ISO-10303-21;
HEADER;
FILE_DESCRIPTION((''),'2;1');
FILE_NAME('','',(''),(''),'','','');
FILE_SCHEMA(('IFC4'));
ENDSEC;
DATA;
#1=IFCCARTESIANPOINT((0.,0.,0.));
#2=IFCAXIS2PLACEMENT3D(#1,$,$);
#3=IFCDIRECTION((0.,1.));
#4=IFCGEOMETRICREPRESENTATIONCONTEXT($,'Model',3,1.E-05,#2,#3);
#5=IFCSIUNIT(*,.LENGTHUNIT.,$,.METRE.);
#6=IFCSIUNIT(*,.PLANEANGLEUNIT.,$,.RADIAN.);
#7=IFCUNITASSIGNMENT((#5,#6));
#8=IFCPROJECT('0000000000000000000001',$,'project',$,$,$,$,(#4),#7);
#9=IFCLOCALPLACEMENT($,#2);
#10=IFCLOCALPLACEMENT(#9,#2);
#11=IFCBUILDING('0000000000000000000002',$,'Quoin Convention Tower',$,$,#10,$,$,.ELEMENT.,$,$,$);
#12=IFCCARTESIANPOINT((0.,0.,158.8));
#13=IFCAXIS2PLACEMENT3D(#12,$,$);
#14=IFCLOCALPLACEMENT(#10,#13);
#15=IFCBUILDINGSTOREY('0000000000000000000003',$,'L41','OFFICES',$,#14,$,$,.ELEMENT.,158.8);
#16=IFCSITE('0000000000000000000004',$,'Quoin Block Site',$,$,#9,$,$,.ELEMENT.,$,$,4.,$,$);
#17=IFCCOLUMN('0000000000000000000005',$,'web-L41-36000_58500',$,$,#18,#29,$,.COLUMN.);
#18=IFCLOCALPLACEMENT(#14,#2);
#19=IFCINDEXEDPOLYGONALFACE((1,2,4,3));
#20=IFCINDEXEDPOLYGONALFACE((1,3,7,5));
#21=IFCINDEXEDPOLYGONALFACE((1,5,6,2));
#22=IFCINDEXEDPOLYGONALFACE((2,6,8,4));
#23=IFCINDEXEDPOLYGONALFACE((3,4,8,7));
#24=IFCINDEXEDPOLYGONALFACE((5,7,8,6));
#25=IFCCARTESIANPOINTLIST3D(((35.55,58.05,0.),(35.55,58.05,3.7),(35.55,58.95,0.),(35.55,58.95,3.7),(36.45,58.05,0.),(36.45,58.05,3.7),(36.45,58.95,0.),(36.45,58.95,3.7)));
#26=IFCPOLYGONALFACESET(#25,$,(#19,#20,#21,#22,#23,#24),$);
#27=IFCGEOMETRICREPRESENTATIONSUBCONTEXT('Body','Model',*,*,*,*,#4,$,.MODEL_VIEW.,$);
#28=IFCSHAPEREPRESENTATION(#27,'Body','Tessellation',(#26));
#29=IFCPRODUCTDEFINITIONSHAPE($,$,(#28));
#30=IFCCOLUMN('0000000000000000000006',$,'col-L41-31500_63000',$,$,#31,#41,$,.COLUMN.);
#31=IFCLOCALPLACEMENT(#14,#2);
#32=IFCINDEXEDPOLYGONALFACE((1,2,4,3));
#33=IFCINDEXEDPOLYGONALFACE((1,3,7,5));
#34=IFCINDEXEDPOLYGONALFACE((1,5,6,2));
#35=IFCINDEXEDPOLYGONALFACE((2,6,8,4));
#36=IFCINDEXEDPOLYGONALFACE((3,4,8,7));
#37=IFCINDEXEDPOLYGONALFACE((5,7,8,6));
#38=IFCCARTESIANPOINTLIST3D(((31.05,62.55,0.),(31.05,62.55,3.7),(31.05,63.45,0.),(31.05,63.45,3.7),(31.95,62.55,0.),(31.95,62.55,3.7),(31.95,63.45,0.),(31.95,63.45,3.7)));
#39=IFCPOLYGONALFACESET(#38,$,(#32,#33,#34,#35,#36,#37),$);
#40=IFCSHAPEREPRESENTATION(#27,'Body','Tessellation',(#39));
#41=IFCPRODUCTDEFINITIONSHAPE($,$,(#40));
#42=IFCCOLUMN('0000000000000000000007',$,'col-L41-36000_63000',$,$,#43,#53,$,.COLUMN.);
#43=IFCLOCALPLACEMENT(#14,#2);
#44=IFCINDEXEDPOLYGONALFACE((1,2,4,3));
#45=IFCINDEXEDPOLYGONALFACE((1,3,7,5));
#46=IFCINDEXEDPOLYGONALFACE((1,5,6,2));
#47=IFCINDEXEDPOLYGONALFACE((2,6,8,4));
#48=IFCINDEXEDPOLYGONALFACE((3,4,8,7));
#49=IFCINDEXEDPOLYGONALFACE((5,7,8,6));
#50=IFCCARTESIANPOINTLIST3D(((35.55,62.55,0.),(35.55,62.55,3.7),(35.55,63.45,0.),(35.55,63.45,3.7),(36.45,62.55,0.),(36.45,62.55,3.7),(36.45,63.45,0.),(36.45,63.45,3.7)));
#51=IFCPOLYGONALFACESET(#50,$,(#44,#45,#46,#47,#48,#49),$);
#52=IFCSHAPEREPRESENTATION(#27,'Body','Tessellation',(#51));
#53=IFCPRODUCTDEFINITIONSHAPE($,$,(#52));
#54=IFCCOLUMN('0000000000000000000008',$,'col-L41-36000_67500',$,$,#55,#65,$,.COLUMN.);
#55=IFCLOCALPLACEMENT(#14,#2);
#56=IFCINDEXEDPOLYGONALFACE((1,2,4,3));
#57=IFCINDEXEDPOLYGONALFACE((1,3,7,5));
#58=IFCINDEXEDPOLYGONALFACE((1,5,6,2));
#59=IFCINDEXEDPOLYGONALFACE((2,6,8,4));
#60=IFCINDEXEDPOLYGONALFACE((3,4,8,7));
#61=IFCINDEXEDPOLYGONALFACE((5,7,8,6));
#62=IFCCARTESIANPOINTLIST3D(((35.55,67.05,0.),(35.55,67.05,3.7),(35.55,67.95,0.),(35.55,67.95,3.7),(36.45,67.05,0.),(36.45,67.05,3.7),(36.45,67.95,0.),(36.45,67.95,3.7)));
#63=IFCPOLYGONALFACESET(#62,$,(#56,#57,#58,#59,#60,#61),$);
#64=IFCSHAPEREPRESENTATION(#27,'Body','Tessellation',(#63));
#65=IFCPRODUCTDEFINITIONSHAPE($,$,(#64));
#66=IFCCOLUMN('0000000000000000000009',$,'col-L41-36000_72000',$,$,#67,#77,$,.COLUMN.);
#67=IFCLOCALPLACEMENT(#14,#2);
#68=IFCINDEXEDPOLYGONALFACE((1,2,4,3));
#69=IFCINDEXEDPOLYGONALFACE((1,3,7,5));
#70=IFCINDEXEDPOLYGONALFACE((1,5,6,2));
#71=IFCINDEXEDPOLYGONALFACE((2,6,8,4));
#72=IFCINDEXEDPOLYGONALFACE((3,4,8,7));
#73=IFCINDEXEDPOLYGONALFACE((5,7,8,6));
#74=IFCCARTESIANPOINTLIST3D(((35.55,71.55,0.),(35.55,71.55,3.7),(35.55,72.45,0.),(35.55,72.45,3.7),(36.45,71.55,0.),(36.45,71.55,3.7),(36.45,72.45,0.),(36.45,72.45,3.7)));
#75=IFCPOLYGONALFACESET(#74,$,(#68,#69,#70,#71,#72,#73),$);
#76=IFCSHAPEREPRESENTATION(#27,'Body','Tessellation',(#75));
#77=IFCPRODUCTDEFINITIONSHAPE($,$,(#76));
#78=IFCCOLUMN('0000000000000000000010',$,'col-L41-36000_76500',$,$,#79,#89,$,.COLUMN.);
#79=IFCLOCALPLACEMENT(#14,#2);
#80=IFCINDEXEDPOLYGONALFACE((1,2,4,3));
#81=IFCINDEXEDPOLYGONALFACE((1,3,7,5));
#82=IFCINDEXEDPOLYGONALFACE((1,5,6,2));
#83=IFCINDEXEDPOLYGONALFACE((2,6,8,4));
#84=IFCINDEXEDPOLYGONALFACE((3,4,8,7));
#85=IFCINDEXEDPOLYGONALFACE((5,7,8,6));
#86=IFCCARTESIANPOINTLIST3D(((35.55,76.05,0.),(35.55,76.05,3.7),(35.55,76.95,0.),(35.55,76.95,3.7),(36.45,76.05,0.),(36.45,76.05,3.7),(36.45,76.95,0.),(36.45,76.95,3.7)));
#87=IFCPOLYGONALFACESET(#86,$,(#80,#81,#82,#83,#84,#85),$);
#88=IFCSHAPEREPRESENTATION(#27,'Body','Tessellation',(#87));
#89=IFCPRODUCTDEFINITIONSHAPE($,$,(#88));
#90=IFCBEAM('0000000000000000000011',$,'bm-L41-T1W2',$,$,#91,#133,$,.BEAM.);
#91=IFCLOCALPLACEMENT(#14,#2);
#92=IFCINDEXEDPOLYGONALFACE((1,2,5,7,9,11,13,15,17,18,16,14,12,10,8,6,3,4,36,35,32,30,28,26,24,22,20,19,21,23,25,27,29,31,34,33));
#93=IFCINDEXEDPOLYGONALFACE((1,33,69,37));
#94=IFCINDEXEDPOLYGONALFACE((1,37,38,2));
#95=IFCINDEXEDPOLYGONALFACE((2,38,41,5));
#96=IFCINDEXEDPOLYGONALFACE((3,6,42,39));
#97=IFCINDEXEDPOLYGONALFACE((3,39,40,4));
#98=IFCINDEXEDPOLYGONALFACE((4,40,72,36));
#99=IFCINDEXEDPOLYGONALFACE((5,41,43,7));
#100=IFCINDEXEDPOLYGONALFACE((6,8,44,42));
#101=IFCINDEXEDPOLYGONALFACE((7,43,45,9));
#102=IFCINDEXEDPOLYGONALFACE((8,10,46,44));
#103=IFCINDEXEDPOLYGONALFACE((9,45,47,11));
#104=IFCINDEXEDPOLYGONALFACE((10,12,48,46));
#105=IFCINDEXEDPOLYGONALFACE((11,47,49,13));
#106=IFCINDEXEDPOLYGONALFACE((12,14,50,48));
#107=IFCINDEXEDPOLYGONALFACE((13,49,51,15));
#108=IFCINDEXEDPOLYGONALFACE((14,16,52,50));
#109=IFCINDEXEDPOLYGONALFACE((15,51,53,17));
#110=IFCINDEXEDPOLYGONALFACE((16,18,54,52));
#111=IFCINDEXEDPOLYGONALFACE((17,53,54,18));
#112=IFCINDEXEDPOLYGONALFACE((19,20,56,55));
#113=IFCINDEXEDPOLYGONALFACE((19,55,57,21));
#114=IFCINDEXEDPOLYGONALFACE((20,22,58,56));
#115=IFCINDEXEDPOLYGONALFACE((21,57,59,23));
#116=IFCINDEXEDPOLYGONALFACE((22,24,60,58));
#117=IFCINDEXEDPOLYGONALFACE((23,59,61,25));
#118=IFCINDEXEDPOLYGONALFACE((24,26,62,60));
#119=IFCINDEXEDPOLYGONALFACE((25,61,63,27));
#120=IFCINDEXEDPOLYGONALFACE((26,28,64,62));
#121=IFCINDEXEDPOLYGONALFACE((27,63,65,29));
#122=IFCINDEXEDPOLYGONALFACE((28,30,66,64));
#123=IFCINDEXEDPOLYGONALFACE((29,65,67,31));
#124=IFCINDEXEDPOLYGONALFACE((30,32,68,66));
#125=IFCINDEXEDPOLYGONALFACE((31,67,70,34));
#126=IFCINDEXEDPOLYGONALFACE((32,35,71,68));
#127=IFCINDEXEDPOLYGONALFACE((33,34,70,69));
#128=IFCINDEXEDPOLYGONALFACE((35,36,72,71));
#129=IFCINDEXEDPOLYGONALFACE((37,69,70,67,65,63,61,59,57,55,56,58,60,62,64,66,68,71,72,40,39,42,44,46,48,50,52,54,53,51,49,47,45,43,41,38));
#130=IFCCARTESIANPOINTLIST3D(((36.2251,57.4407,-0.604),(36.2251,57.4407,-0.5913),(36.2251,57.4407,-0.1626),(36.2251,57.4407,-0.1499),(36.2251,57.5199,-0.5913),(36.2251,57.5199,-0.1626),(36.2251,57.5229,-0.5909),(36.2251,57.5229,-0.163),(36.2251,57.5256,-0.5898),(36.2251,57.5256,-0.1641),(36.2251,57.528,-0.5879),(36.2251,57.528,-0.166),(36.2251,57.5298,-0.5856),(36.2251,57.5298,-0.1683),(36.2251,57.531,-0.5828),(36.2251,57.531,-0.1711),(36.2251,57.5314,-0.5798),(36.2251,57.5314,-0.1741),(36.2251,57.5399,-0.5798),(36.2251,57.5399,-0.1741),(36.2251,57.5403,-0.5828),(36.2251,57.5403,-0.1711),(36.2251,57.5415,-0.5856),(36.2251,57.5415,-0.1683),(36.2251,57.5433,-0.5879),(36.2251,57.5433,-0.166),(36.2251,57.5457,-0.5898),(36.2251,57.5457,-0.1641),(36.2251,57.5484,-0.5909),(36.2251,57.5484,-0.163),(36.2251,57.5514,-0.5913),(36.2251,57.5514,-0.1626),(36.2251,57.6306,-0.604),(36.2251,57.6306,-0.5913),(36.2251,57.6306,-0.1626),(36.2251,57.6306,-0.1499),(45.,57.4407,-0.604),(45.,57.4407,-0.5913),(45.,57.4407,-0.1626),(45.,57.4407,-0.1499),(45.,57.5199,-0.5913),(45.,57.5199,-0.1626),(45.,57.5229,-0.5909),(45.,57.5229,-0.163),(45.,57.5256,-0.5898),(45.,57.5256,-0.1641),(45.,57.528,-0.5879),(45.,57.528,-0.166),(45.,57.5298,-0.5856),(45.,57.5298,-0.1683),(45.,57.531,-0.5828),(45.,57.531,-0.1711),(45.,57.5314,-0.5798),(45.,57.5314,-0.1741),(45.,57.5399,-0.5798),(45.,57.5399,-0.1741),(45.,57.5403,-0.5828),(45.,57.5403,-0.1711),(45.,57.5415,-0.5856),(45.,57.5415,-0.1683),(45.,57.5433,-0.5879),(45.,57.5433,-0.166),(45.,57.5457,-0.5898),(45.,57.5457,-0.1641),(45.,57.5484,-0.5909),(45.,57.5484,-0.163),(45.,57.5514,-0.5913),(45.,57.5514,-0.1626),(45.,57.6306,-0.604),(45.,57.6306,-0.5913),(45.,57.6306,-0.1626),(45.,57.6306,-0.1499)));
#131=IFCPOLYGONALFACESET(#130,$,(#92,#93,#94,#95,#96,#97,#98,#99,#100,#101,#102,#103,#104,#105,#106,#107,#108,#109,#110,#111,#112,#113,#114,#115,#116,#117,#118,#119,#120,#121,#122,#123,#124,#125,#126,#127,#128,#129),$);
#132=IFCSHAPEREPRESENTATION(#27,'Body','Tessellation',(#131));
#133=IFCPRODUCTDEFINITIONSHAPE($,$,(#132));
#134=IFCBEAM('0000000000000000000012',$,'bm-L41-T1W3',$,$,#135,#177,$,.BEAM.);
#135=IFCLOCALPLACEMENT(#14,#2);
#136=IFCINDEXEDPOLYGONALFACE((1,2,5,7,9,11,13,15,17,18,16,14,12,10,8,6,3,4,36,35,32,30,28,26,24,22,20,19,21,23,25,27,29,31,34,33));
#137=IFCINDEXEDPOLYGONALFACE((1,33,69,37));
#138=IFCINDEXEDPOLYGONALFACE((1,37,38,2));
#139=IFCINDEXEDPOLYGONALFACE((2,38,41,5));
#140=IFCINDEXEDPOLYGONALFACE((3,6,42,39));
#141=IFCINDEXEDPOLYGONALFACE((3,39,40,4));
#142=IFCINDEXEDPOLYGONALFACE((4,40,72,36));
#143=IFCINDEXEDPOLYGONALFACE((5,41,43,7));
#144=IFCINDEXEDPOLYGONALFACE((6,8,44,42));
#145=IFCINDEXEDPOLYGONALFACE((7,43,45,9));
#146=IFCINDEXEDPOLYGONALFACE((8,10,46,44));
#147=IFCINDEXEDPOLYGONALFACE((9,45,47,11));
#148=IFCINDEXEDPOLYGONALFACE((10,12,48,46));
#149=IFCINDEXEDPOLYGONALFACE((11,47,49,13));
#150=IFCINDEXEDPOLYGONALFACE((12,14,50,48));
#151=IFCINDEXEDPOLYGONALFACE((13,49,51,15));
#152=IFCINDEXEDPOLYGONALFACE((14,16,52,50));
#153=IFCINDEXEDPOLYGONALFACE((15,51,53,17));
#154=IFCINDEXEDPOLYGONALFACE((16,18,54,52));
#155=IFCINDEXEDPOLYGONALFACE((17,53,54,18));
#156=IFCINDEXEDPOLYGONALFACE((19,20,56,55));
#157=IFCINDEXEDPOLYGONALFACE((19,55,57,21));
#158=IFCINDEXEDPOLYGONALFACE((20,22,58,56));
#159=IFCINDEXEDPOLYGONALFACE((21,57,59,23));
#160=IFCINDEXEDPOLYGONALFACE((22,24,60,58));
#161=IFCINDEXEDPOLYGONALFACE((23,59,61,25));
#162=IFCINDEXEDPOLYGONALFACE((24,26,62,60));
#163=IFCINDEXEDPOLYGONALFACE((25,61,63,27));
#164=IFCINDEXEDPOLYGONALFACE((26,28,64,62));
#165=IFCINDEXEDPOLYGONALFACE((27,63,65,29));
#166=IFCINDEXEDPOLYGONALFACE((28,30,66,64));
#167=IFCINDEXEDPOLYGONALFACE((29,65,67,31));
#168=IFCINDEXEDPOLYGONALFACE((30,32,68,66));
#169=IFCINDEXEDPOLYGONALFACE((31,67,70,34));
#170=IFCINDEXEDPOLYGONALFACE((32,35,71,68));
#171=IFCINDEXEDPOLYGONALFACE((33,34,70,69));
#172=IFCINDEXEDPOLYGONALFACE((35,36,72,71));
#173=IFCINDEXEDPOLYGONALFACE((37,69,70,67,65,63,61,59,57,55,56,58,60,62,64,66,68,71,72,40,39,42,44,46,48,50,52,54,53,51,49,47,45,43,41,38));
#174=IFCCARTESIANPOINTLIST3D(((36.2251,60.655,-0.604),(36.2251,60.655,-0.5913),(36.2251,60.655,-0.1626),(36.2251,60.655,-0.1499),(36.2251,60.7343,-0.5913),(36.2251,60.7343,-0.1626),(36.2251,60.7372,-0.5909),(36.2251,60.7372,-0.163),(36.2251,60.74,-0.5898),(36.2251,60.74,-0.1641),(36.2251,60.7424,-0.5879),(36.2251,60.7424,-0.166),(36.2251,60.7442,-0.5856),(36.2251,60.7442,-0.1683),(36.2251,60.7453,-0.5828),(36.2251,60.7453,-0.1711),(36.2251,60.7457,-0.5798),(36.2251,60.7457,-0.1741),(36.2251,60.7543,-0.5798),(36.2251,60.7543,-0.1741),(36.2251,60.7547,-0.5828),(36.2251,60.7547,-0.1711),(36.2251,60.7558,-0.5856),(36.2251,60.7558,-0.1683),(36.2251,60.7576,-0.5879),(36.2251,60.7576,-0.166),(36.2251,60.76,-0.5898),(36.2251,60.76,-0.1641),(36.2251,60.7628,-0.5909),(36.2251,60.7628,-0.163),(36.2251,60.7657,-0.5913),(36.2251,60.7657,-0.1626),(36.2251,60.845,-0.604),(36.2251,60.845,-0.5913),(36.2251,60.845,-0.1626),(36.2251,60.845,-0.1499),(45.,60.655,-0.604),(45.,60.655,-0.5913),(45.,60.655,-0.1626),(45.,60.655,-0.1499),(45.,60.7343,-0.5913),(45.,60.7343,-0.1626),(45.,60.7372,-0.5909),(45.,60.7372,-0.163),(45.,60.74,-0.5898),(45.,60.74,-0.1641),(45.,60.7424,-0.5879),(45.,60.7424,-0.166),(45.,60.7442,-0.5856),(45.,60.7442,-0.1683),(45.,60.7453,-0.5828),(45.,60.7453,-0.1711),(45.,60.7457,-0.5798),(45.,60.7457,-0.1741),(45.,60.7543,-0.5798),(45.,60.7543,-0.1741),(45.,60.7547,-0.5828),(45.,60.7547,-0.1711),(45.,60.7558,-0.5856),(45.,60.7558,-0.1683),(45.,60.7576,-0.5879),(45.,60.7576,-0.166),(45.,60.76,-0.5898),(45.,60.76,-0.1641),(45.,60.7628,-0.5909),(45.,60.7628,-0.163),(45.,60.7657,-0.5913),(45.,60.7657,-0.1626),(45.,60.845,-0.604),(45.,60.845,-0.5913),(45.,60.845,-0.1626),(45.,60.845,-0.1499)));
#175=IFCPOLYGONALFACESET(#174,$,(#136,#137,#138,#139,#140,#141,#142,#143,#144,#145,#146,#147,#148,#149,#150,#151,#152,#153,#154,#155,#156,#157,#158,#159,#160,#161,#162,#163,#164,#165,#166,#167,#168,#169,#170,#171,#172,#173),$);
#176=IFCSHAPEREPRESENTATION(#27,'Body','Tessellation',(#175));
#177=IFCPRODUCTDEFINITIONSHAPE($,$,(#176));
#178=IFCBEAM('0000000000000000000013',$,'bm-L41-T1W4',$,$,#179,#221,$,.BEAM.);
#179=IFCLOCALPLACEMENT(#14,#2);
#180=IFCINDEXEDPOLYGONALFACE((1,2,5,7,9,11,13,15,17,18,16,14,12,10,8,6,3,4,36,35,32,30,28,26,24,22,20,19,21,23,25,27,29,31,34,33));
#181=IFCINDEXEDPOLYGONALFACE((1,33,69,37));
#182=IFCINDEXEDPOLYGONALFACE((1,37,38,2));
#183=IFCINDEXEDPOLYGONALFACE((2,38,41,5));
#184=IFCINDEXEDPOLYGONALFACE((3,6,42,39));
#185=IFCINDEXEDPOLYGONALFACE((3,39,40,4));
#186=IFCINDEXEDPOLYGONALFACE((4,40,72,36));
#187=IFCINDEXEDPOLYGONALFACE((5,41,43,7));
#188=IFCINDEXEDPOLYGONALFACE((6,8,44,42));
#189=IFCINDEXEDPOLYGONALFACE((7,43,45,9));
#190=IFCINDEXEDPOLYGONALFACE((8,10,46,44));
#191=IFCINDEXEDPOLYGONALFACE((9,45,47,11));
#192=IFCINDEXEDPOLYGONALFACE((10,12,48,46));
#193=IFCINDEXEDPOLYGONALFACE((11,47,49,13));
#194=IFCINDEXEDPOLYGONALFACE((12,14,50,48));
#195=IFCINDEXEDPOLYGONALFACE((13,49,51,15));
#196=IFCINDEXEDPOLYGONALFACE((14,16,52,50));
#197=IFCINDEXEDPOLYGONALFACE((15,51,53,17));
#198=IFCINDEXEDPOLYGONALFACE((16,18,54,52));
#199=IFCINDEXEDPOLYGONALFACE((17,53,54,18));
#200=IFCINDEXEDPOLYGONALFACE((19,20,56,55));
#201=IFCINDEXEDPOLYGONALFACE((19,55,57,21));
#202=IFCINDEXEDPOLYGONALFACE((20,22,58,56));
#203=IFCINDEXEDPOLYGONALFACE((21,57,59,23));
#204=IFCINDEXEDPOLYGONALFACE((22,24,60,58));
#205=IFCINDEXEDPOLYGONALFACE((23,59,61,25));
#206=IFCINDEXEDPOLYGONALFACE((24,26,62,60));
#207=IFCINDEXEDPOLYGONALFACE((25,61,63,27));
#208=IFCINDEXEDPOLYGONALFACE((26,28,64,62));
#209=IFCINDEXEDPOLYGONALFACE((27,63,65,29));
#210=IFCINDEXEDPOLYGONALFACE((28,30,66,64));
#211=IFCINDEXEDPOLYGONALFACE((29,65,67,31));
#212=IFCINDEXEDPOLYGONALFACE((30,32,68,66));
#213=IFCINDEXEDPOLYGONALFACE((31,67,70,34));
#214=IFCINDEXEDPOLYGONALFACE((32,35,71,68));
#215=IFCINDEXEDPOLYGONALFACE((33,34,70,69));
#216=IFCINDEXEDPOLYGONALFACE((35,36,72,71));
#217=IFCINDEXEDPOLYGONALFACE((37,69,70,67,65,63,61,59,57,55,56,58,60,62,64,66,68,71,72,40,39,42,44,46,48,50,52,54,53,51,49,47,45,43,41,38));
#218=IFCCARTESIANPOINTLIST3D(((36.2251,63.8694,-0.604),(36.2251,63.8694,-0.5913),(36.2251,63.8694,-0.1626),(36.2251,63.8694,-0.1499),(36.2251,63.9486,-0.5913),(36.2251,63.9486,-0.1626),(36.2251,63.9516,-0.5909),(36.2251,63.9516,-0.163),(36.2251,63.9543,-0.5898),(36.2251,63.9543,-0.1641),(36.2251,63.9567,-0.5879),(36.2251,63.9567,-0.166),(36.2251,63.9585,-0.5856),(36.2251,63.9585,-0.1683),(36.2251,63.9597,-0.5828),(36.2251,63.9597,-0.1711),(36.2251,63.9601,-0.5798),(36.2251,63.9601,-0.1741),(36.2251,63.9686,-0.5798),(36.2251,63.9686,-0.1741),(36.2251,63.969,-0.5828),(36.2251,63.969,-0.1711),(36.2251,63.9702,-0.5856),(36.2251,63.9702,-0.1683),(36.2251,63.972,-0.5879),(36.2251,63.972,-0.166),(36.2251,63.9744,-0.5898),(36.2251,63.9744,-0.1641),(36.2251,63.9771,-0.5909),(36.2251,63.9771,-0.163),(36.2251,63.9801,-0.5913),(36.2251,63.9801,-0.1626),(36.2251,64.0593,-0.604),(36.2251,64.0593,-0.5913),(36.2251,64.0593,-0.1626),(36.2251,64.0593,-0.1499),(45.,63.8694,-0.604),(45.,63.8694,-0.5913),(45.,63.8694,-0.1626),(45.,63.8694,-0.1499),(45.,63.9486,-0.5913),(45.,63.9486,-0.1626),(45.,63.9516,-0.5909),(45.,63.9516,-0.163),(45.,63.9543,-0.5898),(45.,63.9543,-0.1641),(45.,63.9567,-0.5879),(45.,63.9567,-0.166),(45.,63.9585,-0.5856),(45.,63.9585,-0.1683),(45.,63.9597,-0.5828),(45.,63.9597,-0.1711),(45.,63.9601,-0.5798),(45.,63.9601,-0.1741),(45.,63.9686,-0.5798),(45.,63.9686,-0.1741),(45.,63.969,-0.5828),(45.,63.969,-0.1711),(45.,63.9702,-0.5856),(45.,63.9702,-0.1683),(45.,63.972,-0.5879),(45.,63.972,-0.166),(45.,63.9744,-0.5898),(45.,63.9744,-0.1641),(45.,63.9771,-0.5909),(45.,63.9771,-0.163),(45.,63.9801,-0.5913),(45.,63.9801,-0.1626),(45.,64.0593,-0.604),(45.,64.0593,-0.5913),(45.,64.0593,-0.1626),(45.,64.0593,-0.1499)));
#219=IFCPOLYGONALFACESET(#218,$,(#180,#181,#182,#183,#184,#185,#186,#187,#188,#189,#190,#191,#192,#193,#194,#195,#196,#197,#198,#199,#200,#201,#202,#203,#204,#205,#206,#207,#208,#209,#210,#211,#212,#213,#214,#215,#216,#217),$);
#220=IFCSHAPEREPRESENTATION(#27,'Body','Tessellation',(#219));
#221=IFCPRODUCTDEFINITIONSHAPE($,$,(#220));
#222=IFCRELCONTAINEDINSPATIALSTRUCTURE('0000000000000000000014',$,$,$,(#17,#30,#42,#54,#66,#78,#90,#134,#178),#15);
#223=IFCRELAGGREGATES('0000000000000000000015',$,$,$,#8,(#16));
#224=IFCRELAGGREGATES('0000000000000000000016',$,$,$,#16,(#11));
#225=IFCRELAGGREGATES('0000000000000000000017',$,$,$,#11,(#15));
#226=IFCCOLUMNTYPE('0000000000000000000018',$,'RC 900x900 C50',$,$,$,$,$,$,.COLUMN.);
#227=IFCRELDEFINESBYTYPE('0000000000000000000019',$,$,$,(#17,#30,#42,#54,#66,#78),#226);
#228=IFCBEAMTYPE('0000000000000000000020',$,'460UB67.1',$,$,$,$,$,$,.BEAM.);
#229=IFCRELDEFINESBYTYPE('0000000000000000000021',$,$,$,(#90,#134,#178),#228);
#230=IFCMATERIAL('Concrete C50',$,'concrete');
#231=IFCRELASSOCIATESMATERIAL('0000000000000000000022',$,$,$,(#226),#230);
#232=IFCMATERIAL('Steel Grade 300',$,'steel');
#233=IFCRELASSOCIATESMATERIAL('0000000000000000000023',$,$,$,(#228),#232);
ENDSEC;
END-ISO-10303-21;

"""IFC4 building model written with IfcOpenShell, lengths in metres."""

from ifc_helpers import new_model, si_unit, direction, frame, origin, origin_2d, place, context, subcontext, project, spatial, rectangle, i_section, extrude, material, material_profile, profile_set, type_object, element, save


model = new_model("IFC4")

# Units and contexts
model_context = context("Model", 3, precision=1e-05, world=origin(), true_north=direction((0.0, 1.0)))
body_context = subcontext(model_context, "Body", "Model", "MODEL_VIEW")
ifc_project = project(units=[si_unit("LENGTHUNIT", "METRE"), si_unit("PLANEANGLEUNIT", "RADIAN")], contexts=[model_context])

# Site, building, storey
site_placement = place(None, origin())
site = spatial("IfcSite", under=ifc_project, at=site_placement, Name="Quoin Block Site", CompositionType="ELEMENT", RefElevation=4.0)
building_placement = place(site_placement, origin())
building = spatial("IfcBuilding", under=site, at=building_placement, Name="Quoin Convention Tower", CompositionType="ELEMENT")
storey_placement = place(building_placement, frame((0.0, 0.0, 158.8)))
storey = spatial("IfcBuildingStorey", under=building, at=storey_placement, Name="L41", Description="OFFICES", CompositionType="ELEMENT", Elevation=158.8)

# Columns
ifc_material_1 = material(Name="Concrete C50", Category="concrete")
ifc_material_profile_1 = material_profile(ifc_material_1, rectangle(XDim=0.8999, YDim=0.8999, at=origin_2d()), Name="RC 900x900")
ifc_profile_set_1 = profile_set([ifc_material_profile_1], Name="Concrete C50")
column_type = type_object("IfcColumnType", Name="RC 900x900 C50", PredefinedType="COLUMN", material=ifc_profile_set_1)
for number, where, z_axis, x_axis, name in (
    (1, (36.0, 58.5, 0.0), (0.0, 0.0, 1.0), (1.0, 0.0, 0.0), "web-L41-36000_58500"),
    (2, (31.5, 63.0, 0.0), (0.0, 0.0, 1.0), (1.0, 0.0, 0.0), "col-L41-31500_63000"),
    (3, (36.0, 63.0, 0.0), (0.0, 0.0, 1.0), (1.0, 0.0, 0.0), "col-L41-36000_63000"),
    (4, (36.0, 67.5, 0.0), (0.0, 0.0, 1.0), (1.0, 0.0, 0.0), "col-L41-36000_67500"),
    (5, (36.0, 72.0, 0.0), (0.0, 0.0, 1.0), (1.0, 0.0, 0.0), "col-L41-36000_72000"),
    (6, (36.0, 76.5, 0.0), (0.0, 0.0, 1.0), (1.0, 0.0, 0.0), "col-L41-36000_76500"),
):
    element("IfcColumn", number, at=place(storey_placement, frame(where, z_axis=z_axis, x_axis=x_axis)), inside=storey, type_object=column_type, Name=name, PredefinedType="COLUMN", context=body_context, shape_type="SweptSolid", body=[
        extrude(rectangle(XDim=0.8999, YDim=0.8999, at=origin_2d()), origin(), (0.0, 0.0, 1.0), 3.7),
    ])

# Beams
ifc_material_2 = material(Name="Steel Grade 300", Category="steel")
ifc_material_profile_2 = material_profile(ifc_material_2, i_section(OverallWidth=0.1899, OverallDepth=0.4541, WebThickness=0.0085, FlangeThickness=0.0127, FilletRadius=0.0115, at=origin_2d()), Name="460UB67.1")
ifc_profile_set_2 = profile_set([ifc_material_profile_2], Name="Steel Grade 300")
beam_type_1 = type_object("IfcBeamType", Name="460UB67.1", PredefinedType="BEAM", material=ifc_profile_set_2)
for number, where, z_axis, x_axis, name in (
    (7, (36.2251, 57.5356, -0.377), (1.0, 0.0, 0.0), (0.0, 1.0, 0.0), "bm-L41-T1W2"),
    (8, (36.2251, 60.75, -0.377), (1.0, 0.0, 0.0), (0.0, 1.0, 0.0), "bm-L41-T1W3"),
    (9, (36.2251, 63.9644, -0.377), (1.0, 0.0, 0.0), (0.0, 1.0, 0.0), "bm-L41-T1W4"),
):
    element("IfcBeam", number, at=place(storey_placement, frame(where, z_axis=z_axis, x_axis=x_axis)), inside=storey, type_object=beam_type_1, Name=name, PredefinedType="BEAM", context=body_context, shape_type="SweptSolid", body=[
        extrude(i_section(OverallWidth=0.1899, OverallDepth=0.4541, WebThickness=0.0085, FlangeThickness=0.0127, FilletRadius=0.0115, at=origin_2d()), origin(), (0.0, 0.0, 1.0), 8.7749),
    ])

save(model, "model.ifc")
